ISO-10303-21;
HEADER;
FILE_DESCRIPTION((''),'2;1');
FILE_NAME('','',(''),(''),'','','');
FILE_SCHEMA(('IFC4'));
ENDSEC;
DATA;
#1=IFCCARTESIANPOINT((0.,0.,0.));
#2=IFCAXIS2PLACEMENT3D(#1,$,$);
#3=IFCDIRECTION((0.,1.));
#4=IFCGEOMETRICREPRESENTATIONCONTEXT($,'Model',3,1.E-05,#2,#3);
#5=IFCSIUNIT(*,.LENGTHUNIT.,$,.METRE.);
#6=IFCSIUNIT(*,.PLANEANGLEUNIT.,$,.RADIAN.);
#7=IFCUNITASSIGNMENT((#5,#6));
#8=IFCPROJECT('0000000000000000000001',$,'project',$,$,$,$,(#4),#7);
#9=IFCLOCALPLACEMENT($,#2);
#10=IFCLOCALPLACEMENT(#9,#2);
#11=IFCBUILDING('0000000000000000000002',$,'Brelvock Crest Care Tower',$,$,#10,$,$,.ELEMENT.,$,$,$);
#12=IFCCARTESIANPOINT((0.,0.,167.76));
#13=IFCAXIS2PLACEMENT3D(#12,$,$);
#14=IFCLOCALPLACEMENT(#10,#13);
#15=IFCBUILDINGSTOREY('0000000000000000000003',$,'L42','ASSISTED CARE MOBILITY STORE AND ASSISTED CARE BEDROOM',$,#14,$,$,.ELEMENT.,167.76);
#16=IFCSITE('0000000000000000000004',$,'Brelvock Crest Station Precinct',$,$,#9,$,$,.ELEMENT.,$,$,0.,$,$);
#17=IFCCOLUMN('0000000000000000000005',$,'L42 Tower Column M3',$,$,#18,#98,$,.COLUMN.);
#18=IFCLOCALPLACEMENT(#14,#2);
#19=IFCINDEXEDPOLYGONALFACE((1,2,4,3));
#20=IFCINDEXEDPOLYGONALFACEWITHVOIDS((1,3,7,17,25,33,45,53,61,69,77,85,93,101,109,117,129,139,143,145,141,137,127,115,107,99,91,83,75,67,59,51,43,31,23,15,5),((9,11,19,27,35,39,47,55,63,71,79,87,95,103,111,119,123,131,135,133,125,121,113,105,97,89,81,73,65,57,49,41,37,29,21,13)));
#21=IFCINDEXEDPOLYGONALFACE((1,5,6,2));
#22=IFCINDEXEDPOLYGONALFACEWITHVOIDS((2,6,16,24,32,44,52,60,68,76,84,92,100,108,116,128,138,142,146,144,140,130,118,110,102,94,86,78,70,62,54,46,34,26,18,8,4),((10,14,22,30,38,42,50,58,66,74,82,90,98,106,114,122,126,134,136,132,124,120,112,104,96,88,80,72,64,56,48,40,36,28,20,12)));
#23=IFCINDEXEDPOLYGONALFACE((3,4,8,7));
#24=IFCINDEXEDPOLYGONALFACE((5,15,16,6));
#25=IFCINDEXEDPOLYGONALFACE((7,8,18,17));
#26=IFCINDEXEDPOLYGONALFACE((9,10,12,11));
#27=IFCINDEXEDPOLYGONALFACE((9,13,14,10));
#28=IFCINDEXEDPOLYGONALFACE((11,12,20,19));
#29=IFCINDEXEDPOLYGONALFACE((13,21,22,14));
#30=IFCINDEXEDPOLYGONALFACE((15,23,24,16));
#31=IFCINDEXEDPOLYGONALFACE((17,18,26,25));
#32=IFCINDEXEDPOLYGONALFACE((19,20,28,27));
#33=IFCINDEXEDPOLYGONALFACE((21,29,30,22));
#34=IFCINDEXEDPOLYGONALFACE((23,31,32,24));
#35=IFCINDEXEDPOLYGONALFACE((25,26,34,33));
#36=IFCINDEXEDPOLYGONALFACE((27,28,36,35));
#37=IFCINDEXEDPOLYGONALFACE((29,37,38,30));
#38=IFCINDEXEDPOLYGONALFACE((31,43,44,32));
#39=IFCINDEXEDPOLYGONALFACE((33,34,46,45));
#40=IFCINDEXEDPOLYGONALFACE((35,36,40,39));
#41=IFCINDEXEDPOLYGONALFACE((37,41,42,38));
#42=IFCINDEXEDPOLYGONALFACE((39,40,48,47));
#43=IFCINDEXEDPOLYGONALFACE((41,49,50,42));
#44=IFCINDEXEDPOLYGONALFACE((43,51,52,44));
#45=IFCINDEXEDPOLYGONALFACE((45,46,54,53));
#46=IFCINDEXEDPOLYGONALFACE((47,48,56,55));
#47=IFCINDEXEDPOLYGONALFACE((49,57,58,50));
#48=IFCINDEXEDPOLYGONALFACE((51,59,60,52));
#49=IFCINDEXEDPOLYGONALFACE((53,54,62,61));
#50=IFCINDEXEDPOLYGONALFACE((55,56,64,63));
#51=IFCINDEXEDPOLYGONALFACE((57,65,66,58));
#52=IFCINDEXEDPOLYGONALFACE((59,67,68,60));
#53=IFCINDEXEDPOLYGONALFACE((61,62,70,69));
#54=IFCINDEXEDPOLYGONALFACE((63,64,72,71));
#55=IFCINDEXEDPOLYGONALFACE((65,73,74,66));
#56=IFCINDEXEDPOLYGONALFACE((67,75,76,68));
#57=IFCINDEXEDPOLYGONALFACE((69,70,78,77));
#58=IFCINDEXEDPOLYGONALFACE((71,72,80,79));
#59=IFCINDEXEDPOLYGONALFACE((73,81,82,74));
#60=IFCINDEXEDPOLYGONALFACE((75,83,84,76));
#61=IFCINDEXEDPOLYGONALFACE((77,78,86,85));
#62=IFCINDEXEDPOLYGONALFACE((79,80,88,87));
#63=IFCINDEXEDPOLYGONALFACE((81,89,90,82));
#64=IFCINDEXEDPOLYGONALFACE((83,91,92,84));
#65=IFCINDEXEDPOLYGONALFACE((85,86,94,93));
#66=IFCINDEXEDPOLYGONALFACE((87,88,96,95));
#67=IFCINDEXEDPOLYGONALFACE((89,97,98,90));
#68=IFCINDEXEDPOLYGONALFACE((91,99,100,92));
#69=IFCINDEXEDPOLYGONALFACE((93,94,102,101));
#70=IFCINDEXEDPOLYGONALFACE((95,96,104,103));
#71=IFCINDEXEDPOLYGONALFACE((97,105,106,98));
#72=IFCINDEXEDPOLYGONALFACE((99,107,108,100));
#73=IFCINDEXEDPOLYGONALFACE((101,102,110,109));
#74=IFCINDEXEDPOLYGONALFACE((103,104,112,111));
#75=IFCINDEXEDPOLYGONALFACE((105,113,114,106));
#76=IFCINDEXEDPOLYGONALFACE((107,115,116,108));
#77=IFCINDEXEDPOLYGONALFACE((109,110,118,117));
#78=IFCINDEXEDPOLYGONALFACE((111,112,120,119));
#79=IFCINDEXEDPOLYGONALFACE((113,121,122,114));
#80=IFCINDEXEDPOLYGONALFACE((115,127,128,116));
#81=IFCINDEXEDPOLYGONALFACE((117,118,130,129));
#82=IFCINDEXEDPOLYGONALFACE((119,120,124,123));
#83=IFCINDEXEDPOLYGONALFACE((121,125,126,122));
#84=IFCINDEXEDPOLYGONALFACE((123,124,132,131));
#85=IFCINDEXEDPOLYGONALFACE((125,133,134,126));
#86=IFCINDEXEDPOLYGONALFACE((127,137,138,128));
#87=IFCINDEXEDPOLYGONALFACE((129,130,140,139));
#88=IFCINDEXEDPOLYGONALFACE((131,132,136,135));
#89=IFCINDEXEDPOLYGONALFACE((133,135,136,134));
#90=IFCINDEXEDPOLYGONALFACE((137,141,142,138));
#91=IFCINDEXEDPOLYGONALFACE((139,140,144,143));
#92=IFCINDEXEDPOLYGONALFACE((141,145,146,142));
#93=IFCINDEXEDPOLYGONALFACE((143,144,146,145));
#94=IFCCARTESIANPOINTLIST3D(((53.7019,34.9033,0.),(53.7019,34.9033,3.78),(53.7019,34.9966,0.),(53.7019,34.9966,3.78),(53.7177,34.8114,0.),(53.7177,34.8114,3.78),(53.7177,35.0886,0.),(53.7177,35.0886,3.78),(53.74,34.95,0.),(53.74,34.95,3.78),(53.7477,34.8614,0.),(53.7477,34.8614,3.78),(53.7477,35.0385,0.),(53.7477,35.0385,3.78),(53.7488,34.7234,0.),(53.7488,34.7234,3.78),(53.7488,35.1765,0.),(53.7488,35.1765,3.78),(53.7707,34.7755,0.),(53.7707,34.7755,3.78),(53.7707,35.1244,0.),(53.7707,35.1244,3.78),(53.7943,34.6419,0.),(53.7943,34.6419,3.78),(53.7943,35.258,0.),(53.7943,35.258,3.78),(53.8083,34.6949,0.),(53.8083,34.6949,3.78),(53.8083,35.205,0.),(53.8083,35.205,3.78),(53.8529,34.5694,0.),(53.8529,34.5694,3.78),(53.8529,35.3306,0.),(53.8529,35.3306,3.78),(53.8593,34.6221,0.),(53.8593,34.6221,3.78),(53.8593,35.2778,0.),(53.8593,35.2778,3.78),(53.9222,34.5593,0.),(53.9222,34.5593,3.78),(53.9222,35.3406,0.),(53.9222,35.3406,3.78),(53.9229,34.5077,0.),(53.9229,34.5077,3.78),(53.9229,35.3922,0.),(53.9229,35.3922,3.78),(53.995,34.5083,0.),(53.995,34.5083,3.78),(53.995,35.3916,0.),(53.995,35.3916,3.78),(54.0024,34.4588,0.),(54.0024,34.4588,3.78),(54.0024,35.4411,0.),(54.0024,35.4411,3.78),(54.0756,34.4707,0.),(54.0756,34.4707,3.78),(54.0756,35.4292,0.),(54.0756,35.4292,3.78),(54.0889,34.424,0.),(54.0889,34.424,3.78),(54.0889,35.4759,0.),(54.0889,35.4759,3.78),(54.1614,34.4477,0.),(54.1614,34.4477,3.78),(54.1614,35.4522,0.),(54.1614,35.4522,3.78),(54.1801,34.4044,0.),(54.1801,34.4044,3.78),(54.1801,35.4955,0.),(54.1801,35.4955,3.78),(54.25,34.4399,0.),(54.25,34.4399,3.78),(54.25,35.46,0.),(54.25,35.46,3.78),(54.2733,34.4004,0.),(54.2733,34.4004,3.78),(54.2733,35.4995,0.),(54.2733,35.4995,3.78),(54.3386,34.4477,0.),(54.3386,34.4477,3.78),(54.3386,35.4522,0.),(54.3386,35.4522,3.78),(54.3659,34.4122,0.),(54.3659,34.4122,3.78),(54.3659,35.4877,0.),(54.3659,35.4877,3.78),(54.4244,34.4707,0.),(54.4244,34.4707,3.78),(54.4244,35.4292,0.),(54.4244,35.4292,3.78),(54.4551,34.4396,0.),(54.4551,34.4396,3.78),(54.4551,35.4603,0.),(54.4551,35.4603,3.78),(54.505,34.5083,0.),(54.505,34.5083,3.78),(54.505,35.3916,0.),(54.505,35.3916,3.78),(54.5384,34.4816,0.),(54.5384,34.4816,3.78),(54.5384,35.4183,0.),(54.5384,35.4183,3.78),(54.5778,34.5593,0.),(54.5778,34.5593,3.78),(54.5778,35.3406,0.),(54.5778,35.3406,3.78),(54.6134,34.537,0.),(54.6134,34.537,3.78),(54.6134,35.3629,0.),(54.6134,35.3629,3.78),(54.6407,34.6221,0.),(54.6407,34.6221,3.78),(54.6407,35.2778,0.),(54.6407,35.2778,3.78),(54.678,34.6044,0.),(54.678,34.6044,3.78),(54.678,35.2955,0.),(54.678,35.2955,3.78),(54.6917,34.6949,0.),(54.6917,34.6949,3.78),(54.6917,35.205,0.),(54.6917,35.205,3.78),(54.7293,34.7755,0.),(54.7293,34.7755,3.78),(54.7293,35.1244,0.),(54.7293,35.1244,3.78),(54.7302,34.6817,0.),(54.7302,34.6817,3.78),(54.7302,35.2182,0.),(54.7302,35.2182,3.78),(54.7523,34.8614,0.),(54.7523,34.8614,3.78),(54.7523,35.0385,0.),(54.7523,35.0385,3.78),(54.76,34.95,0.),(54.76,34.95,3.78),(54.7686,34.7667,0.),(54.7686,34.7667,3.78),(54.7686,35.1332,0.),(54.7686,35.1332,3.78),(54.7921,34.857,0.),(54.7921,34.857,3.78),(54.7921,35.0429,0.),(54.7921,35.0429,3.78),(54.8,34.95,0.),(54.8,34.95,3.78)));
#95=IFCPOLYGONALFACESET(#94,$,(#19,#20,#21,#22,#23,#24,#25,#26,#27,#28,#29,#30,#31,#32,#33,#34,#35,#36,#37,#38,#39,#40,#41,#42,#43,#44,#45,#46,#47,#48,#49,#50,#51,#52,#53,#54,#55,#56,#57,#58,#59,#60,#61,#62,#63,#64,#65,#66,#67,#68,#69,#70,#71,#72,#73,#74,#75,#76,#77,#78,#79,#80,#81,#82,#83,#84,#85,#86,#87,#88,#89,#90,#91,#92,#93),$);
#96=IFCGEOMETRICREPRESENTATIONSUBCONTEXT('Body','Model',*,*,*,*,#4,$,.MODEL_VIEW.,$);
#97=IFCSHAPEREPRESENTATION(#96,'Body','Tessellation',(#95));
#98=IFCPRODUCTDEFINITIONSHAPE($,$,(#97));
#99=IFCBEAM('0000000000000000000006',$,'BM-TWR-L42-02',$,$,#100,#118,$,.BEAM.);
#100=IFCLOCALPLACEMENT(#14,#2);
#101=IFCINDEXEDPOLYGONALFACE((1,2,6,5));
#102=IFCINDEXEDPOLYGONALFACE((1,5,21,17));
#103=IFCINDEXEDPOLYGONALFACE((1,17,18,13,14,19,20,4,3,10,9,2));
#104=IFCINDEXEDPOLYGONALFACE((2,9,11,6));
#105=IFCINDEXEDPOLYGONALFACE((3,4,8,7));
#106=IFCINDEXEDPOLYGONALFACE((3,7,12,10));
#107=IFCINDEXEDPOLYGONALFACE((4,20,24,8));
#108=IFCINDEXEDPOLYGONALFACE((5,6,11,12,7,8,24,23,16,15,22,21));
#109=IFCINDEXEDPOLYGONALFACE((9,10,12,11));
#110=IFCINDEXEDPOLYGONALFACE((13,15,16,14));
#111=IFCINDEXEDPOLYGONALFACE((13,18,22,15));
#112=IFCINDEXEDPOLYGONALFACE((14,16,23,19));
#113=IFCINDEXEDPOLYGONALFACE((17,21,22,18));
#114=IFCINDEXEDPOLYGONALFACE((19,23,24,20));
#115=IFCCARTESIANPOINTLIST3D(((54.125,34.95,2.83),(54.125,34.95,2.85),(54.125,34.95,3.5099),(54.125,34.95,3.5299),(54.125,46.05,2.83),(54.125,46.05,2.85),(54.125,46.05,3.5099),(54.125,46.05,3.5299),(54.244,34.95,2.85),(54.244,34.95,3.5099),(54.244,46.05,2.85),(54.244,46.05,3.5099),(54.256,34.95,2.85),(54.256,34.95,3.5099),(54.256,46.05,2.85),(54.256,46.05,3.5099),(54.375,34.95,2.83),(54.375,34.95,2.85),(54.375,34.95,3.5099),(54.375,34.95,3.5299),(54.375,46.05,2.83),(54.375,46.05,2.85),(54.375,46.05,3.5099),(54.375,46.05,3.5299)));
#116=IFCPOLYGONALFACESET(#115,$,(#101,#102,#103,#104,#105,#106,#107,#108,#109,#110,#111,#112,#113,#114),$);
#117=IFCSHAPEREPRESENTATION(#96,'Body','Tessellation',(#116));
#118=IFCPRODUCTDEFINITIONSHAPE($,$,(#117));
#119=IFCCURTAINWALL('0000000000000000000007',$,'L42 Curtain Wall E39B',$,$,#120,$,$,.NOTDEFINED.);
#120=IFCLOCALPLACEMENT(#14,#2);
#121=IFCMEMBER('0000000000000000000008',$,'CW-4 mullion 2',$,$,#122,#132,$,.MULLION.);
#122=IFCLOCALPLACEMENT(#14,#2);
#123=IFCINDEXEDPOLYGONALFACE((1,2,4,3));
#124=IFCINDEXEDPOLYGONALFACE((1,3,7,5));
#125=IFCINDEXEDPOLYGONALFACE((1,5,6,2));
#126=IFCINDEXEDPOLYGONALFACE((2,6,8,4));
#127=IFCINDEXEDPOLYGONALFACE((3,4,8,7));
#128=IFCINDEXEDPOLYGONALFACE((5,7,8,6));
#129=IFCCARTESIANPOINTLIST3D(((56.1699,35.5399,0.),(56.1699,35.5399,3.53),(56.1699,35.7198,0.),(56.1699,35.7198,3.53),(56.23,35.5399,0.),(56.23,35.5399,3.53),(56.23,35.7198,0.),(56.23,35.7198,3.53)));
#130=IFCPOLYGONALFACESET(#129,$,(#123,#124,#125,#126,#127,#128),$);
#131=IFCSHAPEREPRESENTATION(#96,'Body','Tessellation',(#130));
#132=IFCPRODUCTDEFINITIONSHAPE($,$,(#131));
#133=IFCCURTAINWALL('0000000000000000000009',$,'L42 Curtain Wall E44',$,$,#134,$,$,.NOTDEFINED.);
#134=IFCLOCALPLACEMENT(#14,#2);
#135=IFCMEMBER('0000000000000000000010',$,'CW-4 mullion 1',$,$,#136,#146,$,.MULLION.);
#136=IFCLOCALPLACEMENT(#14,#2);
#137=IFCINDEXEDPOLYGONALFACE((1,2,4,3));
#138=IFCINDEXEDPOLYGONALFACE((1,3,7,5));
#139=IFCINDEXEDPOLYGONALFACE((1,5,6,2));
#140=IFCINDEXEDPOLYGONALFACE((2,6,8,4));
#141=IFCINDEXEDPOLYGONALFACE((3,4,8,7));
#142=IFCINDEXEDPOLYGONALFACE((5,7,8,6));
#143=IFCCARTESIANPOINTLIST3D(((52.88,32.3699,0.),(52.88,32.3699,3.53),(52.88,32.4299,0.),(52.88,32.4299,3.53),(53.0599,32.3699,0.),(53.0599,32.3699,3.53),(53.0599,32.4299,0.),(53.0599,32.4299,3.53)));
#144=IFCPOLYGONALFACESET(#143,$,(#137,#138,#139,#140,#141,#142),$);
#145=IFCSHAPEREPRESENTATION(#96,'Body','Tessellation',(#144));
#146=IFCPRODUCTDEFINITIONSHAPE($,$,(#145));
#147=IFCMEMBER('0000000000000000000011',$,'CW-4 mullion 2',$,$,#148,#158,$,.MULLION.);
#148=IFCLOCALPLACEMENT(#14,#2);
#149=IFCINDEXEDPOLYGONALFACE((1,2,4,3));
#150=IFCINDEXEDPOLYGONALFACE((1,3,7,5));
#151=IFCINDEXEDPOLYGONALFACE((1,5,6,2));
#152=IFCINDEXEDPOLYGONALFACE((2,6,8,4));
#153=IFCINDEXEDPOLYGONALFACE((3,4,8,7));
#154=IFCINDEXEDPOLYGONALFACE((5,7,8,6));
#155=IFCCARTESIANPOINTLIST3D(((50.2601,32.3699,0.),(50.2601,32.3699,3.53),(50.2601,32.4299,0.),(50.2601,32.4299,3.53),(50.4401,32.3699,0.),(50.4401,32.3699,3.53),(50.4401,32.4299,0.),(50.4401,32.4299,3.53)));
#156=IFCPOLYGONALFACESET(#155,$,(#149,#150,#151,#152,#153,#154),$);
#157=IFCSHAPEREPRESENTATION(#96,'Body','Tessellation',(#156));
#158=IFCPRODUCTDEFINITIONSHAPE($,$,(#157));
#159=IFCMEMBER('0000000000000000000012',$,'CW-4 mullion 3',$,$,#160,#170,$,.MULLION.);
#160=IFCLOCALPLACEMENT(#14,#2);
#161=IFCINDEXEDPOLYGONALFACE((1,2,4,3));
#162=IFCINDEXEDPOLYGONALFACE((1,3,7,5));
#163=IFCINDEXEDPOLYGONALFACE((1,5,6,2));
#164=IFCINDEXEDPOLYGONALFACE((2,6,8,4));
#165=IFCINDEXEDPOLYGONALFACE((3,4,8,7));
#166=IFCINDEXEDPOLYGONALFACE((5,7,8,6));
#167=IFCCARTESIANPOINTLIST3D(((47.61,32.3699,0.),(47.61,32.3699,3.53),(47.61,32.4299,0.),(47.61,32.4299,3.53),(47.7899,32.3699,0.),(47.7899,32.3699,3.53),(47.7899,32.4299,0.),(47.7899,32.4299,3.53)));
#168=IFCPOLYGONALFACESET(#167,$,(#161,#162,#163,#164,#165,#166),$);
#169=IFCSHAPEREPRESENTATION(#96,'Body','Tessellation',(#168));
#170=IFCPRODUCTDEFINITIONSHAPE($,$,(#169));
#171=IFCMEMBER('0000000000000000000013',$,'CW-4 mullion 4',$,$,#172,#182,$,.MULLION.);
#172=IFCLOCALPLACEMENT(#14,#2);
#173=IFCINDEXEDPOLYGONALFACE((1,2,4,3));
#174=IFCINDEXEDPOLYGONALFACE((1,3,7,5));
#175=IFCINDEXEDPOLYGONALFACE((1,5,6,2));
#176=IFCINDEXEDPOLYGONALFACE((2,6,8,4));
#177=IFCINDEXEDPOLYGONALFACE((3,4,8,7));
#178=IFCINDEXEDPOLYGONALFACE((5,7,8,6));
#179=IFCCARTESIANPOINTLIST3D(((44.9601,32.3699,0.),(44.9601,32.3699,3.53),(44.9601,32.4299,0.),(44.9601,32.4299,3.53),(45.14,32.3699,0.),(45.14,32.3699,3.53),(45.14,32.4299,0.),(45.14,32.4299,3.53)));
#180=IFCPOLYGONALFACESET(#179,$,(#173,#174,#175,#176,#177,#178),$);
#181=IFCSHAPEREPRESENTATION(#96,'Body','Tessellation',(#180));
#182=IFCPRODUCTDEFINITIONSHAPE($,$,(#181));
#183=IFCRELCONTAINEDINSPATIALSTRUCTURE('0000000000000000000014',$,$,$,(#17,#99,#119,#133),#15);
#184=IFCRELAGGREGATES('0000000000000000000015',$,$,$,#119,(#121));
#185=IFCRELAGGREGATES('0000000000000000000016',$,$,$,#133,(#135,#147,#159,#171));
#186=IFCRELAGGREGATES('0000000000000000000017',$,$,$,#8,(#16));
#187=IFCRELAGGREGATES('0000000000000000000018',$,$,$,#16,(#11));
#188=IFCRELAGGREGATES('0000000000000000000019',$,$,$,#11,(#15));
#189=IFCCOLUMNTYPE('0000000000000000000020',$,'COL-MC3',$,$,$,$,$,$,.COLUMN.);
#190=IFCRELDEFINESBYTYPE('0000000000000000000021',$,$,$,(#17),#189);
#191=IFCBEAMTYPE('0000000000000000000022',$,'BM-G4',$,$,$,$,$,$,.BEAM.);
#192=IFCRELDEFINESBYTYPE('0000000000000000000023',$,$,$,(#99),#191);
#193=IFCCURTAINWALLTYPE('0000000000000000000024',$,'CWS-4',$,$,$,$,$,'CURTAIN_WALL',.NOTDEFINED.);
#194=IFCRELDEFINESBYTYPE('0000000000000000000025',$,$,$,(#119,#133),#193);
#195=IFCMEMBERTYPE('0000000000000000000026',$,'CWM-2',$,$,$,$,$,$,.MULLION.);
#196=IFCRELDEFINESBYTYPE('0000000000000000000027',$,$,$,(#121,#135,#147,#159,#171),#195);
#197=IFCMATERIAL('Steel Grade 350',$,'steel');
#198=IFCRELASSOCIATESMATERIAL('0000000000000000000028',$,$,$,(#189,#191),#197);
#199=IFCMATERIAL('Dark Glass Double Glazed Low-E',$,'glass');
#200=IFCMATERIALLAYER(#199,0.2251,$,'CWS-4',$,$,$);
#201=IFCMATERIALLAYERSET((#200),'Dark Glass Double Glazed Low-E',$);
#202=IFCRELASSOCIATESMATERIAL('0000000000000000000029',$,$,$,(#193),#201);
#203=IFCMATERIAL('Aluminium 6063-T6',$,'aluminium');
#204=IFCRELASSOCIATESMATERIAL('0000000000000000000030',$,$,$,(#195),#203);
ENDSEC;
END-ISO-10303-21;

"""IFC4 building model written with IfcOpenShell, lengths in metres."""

from ifc_helpers import new_model, si_unit, direction, frame, origin, origin_2d, place, context, subcontext, project, spatial, rectangle, hollow_circle, i_section, extrude, source, transform, mapped, material, layer, layer_set, material_profile, profile_set, type_object, element, aggregate, save


model = new_model("IFC4")

# Units and contexts
model_context = context("Model", 3, precision=1e-05, world=origin(), true_north=direction((0.0, 1.0)))
body_context = subcontext(model_context, "Body", "Model", "MODEL_VIEW")
ifc_project = project(units=[si_unit("LENGTHUNIT", "METRE"), si_unit("PLANEANGLEUNIT", "RADIAN")], contexts=[model_context])

# Site, building, storey
site_placement = place(None, origin())
site = spatial("IfcSite", under=ifc_project, at=site_placement, Name="Brelvock Crest Station Precinct", CompositionType="ELEMENT", RefElevation=0.0)
building_placement = place(site_placement, origin())
building = spatial("IfcBuilding", under=site, at=building_placement, Name="Brelvock Crest Care Tower", CompositionType="ELEMENT")
storey_placement = place(building_placement, frame((0.0, 0.0, 167.76)))
storey = spatial("IfcBuildingStorey", under=building, at=storey_placement, Name="L42", Description="ASSISTED CARE MOBILITY STORE AND ASSISTED CARE BEDROOM", CompositionType="ELEMENT", Elevation=167.76)

# Column
ifc_material_1 = material(Name="Steel Grade 350", Category="steel")
ifc_material_profile_1 = material_profile(ifc_material_1, hollow_circle(Radius=0.55, WallThickness=0.04, at=origin_2d()), Name="CFT1100x40")
ifc_profile_set_1 = profile_set([ifc_material_profile_1], Name="Steel Grade 350")
column_type = type_object("IfcColumnType", Name="COL-MC3", PredefinedType="COLUMN", material=ifc_profile_set_1)
shared_shape_1 = source(origin(), body_context, "Body", "SweptSolid", [
    extrude(hollow_circle(Radius=0.55, WallThickness=0.04, at=origin_2d()), origin(), (0.0, 0.0, 1.0), 3.78),
])
column_placement = place(storey_placement, frame((54.25, 34.95, 0.0), z_axis=(0.0, 0.0, 1.0), x_axis=(1.0, 0.0, 0.0)))
element("IfcColumn", 1, at=column_placement, inside=storey, type_object=column_type, Name="L42 Tower Column M3", PredefinedType="COLUMN", context=body_context, shape_type="MappedRepresentation", body=[
    mapped(shared_shape_1, transform((0.0, 0.0, 0.0), x_axis=(1.0, 0.0, 0.0), y_axis=(0.0, 1.0, 0.0), z_axis=(0.0, 0.0, 1.0), scale=1.0)),
])

# Beam
ifc_material_profile_2 = material_profile(ifc_material_1, i_section(OverallWidth=0.25, OverallDepth=0.7, WebThickness=0.012, FlangeThickness=0.02, at=origin_2d()), Name="700WB150")
ifc_profile_set_2 = profile_set([ifc_material_profile_2], Name="Steel Grade 350")
beam_type = type_object("IfcBeamType", Name="BM-G4", PredefinedType="BEAM", material=ifc_profile_set_2)
shared_shape_2 = source(origin(), body_context, "Body", "SweptSolid", [
    extrude(i_section(OverallWidth=0.25, OverallDepth=0.7, WebThickness=0.012, FlangeThickness=0.02, at=origin_2d()), origin(), (0.0, 0.0, 1.0), 11.1001),
])
beam_placement = place(storey_placement, frame((54.25, 34.95, 3.1799), z_axis=(0.0, 1.0, 0.0), x_axis=(-1.0, 0.0, 0.0)))
element("IfcBeam", 2, at=beam_placement, inside=storey, type_object=beam_type, Name="BM-TWR-L42-02", PredefinedType="BEAM", context=body_context, shape_type="MappedRepresentation", body=[
    mapped(shared_shape_2, transform((0.0, 0.0, 0.0), x_axis=(1.0, 0.0, 0.0), y_axis=(0.0, 1.0, 0.0), z_axis=(0.0, 0.0, 1.0), scale=1.0)),
])

# Curtain wall, member
ifc_material_2 = material(Name="Dark Glass Double Glazed Low-E", Category="glass")
ifc_layer_1 = layer(ifc_material_2, 0.2251, Name="CWS-4")
ifc_layer_set_1 = layer_set([ifc_layer_1], Name="Dark Glass Double Glazed Low-E")
curtain_wall_type = type_object("IfcCurtainWallType", Name="CWS-4", ElementType="CURTAIN_WALL", PredefinedType="NOTDEFINED", material=ifc_layer_set_1)
curtain_wall_1_placement = place(storey_placement, origin())
curtain_wall_1 = element("IfcCurtainWall", 3, at=curtain_wall_1_placement, inside=storey, type_object=curtain_wall_type, Name="L42 Curtain Wall E39B", PredefinedType="NOTDEFINED")
ifc_material_3 = material(Name="Aluminium 6063-T6", Category="aluminium")
ifc_material_profile_3 = material_profile(ifc_material_3, rectangle(XDim=0.0601, YDim=0.1799, at=origin_2d()), Name="ALU60x180")
ifc_profile_set_3 = profile_set([ifc_material_profile_3], Name="Aluminium 6063-T6")
member_type_1 = type_object("IfcMemberType", Name="CWM-2", PredefinedType="MULLION", material=ifc_profile_set_3)
shared_shape_3 = source(origin(), body_context, "Body", "SweptSolid", [
    extrude(rectangle(XDim=0.0601, YDim=0.1799, at=origin_2d()), origin(), (0.0, 0.0, 1.0), 3.53),
])
member_1_placement = place(storey_placement, frame((56.2, 35.6299, 0.0), z_axis=(0.0, 0.0, 1.0), x_axis=(1.0, 0.0, 0.0)))
member_1 = element("IfcMember", 4, at=member_1_placement, type_object=member_type_1, Name="CW-4 mullion 2", PredefinedType="MULLION", context=body_context, shape_type="MappedRepresentation", body=[
    mapped(shared_shape_3, transform((0.0, 0.0, 0.0), x_axis=(1.0, 0.0, 0.0), y_axis=(0.0, 1.0, 0.0), z_axis=(0.0, 0.0, 1.0), scale=1.0)),
])
aggregate(curtain_wall_1, [member_1])

# Curtain wall, members
curtain_wall_2_placement = place(storey_placement, origin())
curtain_wall_2 = element("IfcCurtainWall", 5, at=curtain_wall_2_placement, inside=storey, type_object=curtain_wall_type, Name="L42 Curtain Wall E44", PredefinedType="NOTDEFINED")
member_2_placement = place(storey_placement, frame((52.97, 32.3999, 0.0), z_axis=(0.0, 0.0, 1.0), x_axis=(0.0, -1.0, 0.0)))
member_2 = element("IfcMember", 6, at=member_2_placement, type_object=member_type_1, Name="CW-4 mullion 1", PredefinedType="MULLION", context=body_context, shape_type="MappedRepresentation", body=[
    mapped(shared_shape_3, transform((0.0, 0.0, 0.0), x_axis=(1.0, 0.0, 0.0), y_axis=(0.0, 1.0, 0.0), z_axis=(0.0, 0.0, 1.0), scale=1.0)),
])
member_3_placement = place(storey_placement, frame((50.3501, 32.3999, 0.0), z_axis=(0.0, 0.0, 1.0), x_axis=(0.0, -1.0, 0.0)))
member_3 = element("IfcMember", 7, at=member_3_placement, type_object=member_type_1, Name="CW-4 mullion 2", PredefinedType="MULLION", context=body_context, shape_type="MappedRepresentation", body=[
    mapped(shared_shape_3, transform((0.0, 0.0, 0.0), x_axis=(1.0, 0.0, 0.0), y_axis=(0.0, 1.0, 0.0), z_axis=(0.0, 0.0, 1.0), scale=1.0)),
])
member_4_placement = place(storey_placement, frame((47.7, 32.3999, 0.0), z_axis=(0.0, 0.0, 1.0), x_axis=(0.0, -1.0, 0.0)))
member_4 = element("IfcMember", 8, at=member_4_placement, type_object=member_type_1, Name="CW-4 mullion 3", PredefinedType="MULLION", context=body_context, shape_type="MappedRepresentation", body=[
    mapped(shared_shape_3, transform((0.0, 0.0, 0.0), x_axis=(1.0, 0.0, 0.0), y_axis=(0.0, 1.0, 0.0), z_axis=(0.0, 0.0, 1.0), scale=1.0)),
])
member_5_placement = place(storey_placement, frame((45.05, 32.3999, 0.0), z_axis=(0.0, 0.0, 1.0), x_axis=(0.0, -1.0, 0.0)))
member_5 = element("IfcMember", 9, at=member_5_placement, type_object=member_type_1, Name="CW-4 mullion 4", PredefinedType="MULLION", context=body_context, shape_type="MappedRepresentation", body=[
    mapped(shared_shape_3, transform((0.0, 0.0, 0.0), x_axis=(1.0, 0.0, 0.0), y_axis=(0.0, 1.0, 0.0), z_axis=(0.0, 0.0, 1.0), scale=1.0)),
])
aggregate(curtain_wall_2, [member_2, member_3, member_4, member_5])

save(model, "model.ifc")
